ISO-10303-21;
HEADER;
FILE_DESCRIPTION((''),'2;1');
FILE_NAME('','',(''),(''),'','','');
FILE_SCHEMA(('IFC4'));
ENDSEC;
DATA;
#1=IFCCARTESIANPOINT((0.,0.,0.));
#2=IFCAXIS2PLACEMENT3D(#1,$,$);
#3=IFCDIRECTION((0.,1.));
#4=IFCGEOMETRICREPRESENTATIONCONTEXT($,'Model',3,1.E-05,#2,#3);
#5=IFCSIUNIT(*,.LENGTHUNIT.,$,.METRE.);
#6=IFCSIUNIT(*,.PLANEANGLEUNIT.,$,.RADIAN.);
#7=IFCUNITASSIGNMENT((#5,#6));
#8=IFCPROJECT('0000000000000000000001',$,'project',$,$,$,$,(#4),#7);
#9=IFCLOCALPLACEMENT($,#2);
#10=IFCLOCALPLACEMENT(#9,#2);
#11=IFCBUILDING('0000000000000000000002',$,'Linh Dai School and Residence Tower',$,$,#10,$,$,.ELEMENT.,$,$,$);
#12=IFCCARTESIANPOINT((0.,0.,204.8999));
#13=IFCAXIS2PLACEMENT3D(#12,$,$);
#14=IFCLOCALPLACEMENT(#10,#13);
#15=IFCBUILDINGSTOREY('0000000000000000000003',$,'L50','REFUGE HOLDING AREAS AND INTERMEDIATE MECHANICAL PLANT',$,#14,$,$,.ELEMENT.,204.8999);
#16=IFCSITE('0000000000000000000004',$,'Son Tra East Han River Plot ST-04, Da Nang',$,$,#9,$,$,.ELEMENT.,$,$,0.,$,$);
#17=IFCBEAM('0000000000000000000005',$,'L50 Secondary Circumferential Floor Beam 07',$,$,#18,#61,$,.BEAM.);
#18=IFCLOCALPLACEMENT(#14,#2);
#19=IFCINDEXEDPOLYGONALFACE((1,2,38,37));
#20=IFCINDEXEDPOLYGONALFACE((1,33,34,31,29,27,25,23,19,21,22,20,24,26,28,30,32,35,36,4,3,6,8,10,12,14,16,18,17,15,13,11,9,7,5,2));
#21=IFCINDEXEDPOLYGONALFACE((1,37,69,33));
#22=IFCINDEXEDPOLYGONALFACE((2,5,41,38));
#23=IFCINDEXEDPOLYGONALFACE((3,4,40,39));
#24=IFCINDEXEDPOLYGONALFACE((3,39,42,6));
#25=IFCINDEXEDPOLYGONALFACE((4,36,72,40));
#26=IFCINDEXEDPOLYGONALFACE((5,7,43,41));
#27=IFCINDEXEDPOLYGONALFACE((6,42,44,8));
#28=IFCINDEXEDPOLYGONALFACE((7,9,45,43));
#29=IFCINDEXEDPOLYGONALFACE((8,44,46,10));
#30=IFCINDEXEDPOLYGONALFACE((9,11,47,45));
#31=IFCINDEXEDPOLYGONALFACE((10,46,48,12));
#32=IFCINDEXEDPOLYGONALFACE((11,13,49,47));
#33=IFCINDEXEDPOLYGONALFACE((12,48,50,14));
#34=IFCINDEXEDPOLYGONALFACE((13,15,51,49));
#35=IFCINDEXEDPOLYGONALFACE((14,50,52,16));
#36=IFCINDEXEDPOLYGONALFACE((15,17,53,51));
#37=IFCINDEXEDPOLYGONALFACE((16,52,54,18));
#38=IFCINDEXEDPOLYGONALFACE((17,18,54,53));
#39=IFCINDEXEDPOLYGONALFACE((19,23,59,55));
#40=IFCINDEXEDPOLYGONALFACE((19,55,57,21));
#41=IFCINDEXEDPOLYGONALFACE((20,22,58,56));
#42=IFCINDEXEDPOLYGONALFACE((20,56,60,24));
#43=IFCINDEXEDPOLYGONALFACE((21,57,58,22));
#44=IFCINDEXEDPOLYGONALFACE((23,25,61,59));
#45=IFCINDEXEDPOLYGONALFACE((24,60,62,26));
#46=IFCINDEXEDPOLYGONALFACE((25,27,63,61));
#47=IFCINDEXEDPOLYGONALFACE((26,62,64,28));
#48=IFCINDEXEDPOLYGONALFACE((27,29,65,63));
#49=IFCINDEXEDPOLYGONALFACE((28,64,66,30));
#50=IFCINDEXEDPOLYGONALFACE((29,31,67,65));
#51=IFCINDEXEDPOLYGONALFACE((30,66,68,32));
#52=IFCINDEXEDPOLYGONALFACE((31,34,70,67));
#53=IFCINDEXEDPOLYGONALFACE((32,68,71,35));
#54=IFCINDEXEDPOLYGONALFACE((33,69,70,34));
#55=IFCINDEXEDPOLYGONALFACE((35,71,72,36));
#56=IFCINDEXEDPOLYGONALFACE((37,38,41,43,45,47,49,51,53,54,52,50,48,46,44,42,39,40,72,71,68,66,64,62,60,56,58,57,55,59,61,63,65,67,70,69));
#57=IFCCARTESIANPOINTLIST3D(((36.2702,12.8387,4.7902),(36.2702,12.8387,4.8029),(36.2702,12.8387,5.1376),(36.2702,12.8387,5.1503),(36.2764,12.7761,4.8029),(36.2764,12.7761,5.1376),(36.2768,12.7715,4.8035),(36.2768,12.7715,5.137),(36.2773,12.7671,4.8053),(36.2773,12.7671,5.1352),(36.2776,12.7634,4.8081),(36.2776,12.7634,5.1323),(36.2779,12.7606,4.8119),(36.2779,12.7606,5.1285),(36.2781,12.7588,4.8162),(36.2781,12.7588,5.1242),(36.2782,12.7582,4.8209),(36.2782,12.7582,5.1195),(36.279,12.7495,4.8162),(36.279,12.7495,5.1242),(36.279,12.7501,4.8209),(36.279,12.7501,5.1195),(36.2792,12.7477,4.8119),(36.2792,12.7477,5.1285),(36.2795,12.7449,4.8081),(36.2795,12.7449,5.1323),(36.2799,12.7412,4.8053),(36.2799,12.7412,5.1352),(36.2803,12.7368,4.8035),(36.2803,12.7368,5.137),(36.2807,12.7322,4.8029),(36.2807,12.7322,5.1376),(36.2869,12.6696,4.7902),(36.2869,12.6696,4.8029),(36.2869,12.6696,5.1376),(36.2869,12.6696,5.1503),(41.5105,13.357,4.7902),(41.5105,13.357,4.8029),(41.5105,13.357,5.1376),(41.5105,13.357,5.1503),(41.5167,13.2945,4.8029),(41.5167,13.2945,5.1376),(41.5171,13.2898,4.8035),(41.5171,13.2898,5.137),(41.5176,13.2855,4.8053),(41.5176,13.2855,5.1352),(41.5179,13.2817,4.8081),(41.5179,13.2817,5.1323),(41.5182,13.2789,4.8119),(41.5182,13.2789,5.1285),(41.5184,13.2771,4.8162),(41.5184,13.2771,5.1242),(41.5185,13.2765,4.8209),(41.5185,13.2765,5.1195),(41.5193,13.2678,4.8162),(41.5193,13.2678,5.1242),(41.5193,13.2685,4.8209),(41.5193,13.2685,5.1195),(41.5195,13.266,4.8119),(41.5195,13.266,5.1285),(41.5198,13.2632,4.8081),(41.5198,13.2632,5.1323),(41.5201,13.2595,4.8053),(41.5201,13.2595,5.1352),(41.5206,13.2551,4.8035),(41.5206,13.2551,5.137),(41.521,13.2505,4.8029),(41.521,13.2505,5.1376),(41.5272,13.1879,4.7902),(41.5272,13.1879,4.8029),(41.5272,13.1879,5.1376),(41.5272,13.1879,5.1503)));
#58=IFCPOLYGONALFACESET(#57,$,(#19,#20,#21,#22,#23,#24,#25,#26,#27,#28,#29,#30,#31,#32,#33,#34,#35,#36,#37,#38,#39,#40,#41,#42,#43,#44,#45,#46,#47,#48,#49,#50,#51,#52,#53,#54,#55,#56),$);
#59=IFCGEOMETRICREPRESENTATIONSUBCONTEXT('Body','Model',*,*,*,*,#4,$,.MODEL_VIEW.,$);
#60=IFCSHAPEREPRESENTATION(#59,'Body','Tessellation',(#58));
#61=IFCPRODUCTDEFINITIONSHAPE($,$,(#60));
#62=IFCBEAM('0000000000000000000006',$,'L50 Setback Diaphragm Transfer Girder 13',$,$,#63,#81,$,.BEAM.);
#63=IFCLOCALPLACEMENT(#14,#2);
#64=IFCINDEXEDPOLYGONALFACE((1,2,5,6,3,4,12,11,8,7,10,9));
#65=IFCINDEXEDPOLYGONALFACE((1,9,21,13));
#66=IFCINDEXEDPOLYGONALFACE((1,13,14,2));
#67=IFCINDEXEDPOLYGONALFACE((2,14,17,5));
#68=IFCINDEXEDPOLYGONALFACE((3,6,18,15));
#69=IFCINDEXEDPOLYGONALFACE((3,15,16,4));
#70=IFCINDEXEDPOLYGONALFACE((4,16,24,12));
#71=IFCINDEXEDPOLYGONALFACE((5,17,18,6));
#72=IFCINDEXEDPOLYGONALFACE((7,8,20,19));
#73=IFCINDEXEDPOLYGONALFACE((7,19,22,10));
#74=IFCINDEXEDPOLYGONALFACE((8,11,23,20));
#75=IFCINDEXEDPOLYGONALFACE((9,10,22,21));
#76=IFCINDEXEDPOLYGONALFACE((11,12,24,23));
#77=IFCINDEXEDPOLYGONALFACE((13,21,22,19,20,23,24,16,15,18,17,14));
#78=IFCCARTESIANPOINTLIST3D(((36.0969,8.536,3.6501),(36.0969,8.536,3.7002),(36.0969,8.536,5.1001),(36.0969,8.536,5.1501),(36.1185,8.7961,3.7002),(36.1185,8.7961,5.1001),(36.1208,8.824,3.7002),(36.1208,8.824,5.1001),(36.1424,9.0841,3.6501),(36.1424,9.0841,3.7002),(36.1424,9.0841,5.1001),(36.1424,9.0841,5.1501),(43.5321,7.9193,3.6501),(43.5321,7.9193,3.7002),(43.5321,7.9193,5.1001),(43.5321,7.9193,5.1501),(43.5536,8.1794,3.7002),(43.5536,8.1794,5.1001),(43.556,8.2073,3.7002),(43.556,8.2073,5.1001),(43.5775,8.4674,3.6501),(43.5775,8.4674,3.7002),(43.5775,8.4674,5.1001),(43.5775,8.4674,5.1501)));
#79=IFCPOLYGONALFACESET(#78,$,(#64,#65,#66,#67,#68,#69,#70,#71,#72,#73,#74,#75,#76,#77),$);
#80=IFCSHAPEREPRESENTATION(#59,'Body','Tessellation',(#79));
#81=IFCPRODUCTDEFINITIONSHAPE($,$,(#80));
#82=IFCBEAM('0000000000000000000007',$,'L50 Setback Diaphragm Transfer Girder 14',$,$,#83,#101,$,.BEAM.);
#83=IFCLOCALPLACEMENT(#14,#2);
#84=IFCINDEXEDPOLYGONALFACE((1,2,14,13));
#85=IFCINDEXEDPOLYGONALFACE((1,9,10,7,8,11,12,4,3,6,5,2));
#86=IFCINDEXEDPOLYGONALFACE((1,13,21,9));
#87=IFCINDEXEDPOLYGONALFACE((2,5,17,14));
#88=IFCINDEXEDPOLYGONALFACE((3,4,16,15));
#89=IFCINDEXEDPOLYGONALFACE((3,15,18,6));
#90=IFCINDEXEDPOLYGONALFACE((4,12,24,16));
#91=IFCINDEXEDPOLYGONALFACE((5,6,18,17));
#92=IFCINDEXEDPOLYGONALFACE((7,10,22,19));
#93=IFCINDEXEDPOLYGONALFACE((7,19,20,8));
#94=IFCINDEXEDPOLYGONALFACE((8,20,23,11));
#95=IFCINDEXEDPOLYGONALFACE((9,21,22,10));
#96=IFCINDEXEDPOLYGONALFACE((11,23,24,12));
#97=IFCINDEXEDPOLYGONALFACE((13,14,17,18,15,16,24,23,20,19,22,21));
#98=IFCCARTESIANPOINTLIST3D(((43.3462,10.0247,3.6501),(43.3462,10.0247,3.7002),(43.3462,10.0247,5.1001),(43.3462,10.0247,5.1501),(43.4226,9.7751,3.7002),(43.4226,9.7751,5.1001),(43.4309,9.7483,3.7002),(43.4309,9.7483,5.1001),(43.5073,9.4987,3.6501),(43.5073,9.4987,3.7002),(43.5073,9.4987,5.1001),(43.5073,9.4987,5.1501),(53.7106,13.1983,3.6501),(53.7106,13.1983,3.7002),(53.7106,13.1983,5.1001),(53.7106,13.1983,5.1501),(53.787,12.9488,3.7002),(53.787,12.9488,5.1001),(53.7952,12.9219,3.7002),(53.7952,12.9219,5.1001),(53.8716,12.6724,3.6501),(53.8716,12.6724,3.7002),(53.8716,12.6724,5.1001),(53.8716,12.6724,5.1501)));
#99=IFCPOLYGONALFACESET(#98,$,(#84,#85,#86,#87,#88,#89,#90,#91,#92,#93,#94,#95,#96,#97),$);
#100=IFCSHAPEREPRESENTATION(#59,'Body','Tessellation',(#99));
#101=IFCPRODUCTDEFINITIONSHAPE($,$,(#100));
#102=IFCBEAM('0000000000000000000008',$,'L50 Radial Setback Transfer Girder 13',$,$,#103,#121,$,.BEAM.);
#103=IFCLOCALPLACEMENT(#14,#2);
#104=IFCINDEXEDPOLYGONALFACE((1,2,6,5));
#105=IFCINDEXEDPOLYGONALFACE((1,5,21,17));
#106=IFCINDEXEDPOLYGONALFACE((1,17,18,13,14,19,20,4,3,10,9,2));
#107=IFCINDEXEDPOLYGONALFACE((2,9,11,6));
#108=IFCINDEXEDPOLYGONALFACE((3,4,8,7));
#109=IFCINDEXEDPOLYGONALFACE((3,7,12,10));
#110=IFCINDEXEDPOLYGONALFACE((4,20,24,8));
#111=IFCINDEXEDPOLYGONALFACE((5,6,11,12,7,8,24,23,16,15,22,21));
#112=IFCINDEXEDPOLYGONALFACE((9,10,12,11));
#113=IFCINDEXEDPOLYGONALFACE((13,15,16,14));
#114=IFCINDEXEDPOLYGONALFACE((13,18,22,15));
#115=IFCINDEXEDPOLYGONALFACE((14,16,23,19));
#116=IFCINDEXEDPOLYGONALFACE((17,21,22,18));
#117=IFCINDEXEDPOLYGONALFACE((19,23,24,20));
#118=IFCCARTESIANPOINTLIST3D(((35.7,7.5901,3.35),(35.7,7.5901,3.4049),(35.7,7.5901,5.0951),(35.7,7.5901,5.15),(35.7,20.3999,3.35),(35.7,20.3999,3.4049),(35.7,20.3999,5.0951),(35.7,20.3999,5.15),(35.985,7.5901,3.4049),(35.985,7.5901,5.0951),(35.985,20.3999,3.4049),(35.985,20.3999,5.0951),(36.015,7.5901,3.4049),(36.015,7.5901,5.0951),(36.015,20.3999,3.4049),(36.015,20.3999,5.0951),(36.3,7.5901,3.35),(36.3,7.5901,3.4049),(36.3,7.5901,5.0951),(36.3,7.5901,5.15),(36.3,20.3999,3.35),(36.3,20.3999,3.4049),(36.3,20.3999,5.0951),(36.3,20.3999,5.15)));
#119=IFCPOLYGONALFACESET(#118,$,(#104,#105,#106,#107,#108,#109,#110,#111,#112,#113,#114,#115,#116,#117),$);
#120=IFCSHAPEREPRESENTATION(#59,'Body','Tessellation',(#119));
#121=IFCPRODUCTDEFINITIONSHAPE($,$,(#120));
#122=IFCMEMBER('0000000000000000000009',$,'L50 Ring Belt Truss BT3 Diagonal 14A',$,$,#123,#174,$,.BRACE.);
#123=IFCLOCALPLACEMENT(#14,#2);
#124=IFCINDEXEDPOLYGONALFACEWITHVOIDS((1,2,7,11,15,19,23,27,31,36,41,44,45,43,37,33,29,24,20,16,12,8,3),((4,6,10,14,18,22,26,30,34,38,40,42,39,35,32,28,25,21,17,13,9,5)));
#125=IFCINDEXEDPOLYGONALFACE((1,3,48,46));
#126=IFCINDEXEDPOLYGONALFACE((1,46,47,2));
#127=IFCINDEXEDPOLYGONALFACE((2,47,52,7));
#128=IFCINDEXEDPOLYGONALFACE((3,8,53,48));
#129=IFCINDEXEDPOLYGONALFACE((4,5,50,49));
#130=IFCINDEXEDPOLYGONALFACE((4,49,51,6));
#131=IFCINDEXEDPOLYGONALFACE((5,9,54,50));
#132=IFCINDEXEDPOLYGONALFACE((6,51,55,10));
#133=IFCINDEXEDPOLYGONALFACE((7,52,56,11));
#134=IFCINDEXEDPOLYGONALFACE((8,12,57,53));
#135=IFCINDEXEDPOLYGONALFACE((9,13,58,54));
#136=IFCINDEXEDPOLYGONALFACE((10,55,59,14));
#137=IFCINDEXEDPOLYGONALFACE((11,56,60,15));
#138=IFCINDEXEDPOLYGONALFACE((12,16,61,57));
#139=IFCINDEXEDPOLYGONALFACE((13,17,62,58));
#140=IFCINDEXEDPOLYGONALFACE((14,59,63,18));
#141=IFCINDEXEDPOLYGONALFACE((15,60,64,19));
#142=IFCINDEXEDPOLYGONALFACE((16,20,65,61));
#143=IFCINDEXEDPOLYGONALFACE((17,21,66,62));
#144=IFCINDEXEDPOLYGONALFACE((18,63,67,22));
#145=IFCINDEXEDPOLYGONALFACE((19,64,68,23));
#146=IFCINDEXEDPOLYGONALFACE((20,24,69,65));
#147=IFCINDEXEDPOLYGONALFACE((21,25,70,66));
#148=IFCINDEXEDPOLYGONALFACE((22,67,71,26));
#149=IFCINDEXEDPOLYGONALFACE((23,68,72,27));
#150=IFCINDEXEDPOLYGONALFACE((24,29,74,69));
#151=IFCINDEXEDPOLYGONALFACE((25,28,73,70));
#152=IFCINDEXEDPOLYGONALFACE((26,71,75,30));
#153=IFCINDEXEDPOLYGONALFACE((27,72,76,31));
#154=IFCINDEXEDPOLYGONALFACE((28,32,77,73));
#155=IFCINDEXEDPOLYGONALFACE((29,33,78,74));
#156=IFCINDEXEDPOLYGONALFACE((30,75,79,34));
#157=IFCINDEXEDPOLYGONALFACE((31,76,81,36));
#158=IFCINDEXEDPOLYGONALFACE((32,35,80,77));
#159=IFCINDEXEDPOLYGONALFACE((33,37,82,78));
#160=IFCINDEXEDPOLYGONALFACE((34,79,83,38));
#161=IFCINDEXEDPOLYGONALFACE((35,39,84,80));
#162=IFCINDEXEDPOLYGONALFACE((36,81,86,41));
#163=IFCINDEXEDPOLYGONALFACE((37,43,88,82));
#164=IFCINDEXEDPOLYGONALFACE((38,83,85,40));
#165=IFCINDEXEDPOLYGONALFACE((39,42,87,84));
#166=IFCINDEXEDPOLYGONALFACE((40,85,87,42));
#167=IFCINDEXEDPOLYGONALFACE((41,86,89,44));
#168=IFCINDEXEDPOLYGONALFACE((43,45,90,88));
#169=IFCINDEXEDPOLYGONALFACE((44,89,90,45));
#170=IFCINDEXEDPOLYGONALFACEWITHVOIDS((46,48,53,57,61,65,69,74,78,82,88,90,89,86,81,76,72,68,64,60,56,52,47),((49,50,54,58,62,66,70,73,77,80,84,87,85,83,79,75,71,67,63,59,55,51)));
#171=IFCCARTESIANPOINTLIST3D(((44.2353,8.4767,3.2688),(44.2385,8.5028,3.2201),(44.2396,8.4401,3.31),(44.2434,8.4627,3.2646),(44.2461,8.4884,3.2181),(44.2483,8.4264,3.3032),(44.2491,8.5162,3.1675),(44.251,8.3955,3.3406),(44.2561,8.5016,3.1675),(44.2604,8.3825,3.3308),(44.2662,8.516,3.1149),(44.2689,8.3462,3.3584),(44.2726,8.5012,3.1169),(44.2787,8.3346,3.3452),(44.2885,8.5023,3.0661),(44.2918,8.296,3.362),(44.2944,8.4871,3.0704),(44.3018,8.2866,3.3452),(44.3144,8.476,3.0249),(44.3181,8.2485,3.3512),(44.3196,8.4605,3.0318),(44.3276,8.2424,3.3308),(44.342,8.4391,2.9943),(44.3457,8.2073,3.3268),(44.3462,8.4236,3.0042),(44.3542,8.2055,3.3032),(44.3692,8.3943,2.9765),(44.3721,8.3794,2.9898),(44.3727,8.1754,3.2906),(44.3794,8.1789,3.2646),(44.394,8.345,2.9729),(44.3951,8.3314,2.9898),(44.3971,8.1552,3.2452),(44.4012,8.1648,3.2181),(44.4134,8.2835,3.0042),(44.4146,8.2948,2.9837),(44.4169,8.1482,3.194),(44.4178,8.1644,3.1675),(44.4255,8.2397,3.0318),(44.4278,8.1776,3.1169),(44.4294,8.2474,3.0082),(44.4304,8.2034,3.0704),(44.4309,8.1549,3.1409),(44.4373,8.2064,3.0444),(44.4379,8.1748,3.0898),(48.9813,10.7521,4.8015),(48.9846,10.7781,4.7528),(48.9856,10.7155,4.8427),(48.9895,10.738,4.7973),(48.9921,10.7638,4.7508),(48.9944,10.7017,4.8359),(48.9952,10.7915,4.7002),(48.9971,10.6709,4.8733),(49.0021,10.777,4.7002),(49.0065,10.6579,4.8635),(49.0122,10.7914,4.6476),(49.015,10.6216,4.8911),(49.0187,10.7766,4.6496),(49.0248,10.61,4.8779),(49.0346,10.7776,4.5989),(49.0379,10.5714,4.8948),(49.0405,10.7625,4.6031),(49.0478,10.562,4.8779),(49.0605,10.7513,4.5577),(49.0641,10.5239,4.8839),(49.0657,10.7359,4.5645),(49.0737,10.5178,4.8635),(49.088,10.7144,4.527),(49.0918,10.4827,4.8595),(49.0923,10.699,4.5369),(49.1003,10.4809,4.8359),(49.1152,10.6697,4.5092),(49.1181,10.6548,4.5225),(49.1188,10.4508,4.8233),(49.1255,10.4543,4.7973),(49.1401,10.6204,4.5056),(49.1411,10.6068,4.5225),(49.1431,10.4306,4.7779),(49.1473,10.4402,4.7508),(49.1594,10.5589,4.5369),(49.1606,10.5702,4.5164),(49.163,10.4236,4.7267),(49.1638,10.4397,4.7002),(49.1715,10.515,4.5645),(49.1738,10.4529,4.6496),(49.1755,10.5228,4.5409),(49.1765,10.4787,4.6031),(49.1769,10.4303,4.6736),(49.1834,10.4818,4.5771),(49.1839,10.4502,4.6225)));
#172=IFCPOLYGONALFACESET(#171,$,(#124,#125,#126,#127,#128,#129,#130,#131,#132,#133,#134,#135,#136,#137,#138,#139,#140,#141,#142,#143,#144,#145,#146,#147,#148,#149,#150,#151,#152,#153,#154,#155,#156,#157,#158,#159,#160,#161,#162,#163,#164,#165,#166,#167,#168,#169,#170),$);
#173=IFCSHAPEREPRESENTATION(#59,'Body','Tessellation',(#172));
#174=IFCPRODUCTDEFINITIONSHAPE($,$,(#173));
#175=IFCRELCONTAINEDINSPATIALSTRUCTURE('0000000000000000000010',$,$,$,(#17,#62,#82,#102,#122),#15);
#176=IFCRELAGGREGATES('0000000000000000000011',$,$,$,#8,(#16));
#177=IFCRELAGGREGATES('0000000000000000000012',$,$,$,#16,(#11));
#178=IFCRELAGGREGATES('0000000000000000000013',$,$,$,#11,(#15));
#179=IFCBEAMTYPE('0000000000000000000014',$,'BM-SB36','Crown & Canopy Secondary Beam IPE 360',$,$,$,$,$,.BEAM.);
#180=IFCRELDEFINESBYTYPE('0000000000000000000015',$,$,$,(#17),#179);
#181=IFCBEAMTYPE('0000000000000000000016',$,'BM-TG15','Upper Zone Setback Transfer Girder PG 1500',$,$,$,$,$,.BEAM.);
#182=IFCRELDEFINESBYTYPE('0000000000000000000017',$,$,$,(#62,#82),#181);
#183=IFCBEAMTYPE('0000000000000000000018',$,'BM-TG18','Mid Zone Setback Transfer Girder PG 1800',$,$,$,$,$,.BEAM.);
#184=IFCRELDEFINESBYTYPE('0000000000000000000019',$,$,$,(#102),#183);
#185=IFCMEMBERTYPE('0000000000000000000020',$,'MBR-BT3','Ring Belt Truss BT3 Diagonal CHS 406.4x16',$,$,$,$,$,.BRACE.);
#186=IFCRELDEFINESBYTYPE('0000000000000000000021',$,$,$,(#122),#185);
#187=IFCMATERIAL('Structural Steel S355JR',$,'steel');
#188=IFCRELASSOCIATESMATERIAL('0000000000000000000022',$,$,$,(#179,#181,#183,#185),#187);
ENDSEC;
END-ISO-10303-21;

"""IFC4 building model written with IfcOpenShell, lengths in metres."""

from ifc_helpers import new_model, si_unit, direction, frame, origin, origin_2d, place, context, subcontext, project, spatial, hollow_circle, i_section, extrude, material, material_profile, profile_set, type_object, element, save


model = new_model("IFC4")

# Units and contexts
model_context = context("Model", 3, precision=1e-05, world=origin(), true_north=direction((0.0, 1.0)))
body_context = subcontext(model_context, "Body", "Model", "MODEL_VIEW")
ifc_project = project(units=[si_unit("LENGTHUNIT", "METRE"), si_unit("PLANEANGLEUNIT", "RADIAN")], contexts=[model_context])

# Site, building, storey
site_placement = place(None, origin())
site = spatial("IfcSite", under=ifc_project, at=site_placement, Name="Son Tra East Han River Plot ST-04, Da Nang", CompositionType="ELEMENT", RefElevation=0.0)
building_placement = place(site_placement, origin())
building = spatial("IfcBuilding", under=site, at=building_placement, Name="Linh Dai School and Residence Tower", CompositionType="ELEMENT")
storey_placement = place(building_placement, frame((0.0, 0.0, 204.8999)))
storey = spatial("IfcBuildingStorey", under=building, at=storey_placement, Name="L50", Description="REFUGE HOLDING AREAS AND INTERMEDIATE MECHANICAL PLANT", CompositionType="ELEMENT", Elevation=204.8999)

# Shared definitions
ifc_material_1 = material(Name="Structural Steel S355JR", Category="steel")

# Beams
ifc_material_profile_1 = material_profile(ifc_material_1, i_section(OverallWidth=0.1699, OverallDepth=0.3601, WebThickness=0.0081, FlangeThickness=0.0127, FilletRadius=0.0181, at=origin_2d()), Name="IPE 360")
ifc_profile_set_1 = profile_set([ifc_material_profile_1], Name="Structural Steel S355JR")
beam_type_1 = type_object("IfcBeamType", Name="BM-SB36", Description="Crown & Canopy Secondary Beam IPE 360", PredefinedType="BEAM", material=ifc_profile_set_1)
beam_1_placement = place(storey_placement, frame((36.2786, 12.7542, 4.9702), z_axis=(0.995144, 0.098429, 0.0), x_axis=(-0.098429, 0.995144, 0.0)))
element("IfcBeam", 1, at=beam_1_placement, inside=storey, type_object=beam_type_1, Name="L50 Secondary Circumferential Floor Beam 07", PredefinedType="BEAM", context=body_context, shape_type="SweptSolid", body=[
    extrude(i_section(OverallWidth=0.1699, OverallDepth=0.3601, WebThickness=0.0081, FlangeThickness=0.0127, FilletRadius=0.0181, at=origin_2d()), origin(), (0.0, 0.0, 1.0), 5.2659),
])
ifc_material_profile_2 = material_profile(ifc_material_1, i_section(OverallWidth=0.55, OverallDepth=1.5, WebThickness=0.0281, FlangeThickness=0.05, at=origin_2d()), Name="PG 1500x550x28x50")
ifc_profile_set_2 = profile_set([ifc_material_profile_2], Name="Structural Steel S355JR")
beam_type_2 = type_object("IfcBeamType", Name="BM-TG15", Description="Upper Zone Setback Transfer Girder PG 1500", PredefinedType="BEAM", material=ifc_profile_set_2)
beam_2_placement = place(storey_placement, frame((36.1196, 8.8101, 4.4001), z_axis=(0.996578, -0.082661, 0.0), x_axis=(0.082661, 0.996578, 0.0)))
element("IfcBeam", 2, at=beam_2_placement, inside=storey, type_object=beam_type_2, Name="L50 Setback Diaphragm Transfer Girder 13", PredefinedType="BEAM", context=body_context, shape_type="SweptSolid", body=[
    extrude(i_section(OverallWidth=0.55, OverallDepth=1.5, WebThickness=0.0281, FlangeThickness=0.05, at=origin_2d()), origin(), (0.0, 0.0, 1.0), 7.4607),
])
beam_3_placement = place(storey_placement, frame((43.4268, 9.7617, 4.4001), z_axis=(0.956178, 0.292786, 0.0), x_axis=(-0.292786, 0.956178, 0.0)))
element("IfcBeam", 3, at=beam_3_placement, inside=storey, type_object=beam_type_2, Name="L50 Setback Diaphragm Transfer Girder 14", PredefinedType="BEAM", context=body_context, shape_type="SweptSolid", body=[
    extrude(i_section(OverallWidth=0.55, OverallDepth=1.5, WebThickness=0.0281, FlangeThickness=0.05, at=origin_2d()), origin(), (0.0, 0.0, 1.0), 10.8394),
])
ifc_material_profile_3 = material_profile(ifc_material_1, i_section(OverallWidth=0.6001, OverallDepth=1.8, WebThickness=0.03, FlangeThickness=0.0549, at=origin_2d()), Name="PG 1800x600x30x55")
ifc_profile_set_3 = profile_set([ifc_material_profile_3], Name="Structural Steel S355JR")
beam_type_3 = type_object("IfcBeamType", Name="BM-TG18", Description="Mid Zone Setback Transfer Girder PG 1800", PredefinedType="BEAM", material=ifc_profile_set_3)
beam_4_placement = place(storey_placement, frame((36.0, 20.3999, 4.25), z_axis=(0.0, -1.0, 0.0), x_axis=(1.0, 0.0, 0.0)))
element("IfcBeam", 4, at=beam_4_placement, inside=storey, type_object=beam_type_3, Name="L50 Radial Setback Transfer Girder 13", PredefinedType="BEAM", context=body_context, shape_type="SweptSolid", body=[
    extrude(i_section(OverallWidth=0.6001, OverallDepth=1.8, WebThickness=0.03, FlangeThickness=0.0549, at=origin_2d()), origin(), (0.0, 0.0, 1.0), 12.8098),
])

# Member
ifc_material_profile_4 = material_profile(ifc_material_1, hollow_circle(Radius=0.2031, WallThickness=0.0161, at=origin_2d()), Name="CHS 406.4x16")
ifc_profile_set_4 = profile_set([ifc_material_profile_4], Name="Structural Steel S355JR")
member_type_1 = type_object("IfcMemberType", Name="MBR-BT3", Description="Ring Belt Truss BT3 Diagonal CHS 406.4x16", PredefinedType="BRACE", material=ifc_profile_set_4)
member_1_placement = place(storey_placement, frame((44.3369, 8.333, 3.1675), z_axis=(0.865764, 0.415068, 0.279592), x_axis=(-0.432309, 0.901726, 0.0)))
element("IfcMember", 5, at=member_1_placement, inside=storey, type_object=member_type_1, Name="L50 Ring Belt Truss BT3 Diagonal 14A", PredefinedType="BRACE", context=body_context, shape_type="SweptSolid", body=[
    extrude(hollow_circle(Radius=0.2031, WallThickness=0.0161, at=origin_2d()), origin(), (0.0, 0.0, 1.0), 5.4819),
])

save(model, "model.ifc")
